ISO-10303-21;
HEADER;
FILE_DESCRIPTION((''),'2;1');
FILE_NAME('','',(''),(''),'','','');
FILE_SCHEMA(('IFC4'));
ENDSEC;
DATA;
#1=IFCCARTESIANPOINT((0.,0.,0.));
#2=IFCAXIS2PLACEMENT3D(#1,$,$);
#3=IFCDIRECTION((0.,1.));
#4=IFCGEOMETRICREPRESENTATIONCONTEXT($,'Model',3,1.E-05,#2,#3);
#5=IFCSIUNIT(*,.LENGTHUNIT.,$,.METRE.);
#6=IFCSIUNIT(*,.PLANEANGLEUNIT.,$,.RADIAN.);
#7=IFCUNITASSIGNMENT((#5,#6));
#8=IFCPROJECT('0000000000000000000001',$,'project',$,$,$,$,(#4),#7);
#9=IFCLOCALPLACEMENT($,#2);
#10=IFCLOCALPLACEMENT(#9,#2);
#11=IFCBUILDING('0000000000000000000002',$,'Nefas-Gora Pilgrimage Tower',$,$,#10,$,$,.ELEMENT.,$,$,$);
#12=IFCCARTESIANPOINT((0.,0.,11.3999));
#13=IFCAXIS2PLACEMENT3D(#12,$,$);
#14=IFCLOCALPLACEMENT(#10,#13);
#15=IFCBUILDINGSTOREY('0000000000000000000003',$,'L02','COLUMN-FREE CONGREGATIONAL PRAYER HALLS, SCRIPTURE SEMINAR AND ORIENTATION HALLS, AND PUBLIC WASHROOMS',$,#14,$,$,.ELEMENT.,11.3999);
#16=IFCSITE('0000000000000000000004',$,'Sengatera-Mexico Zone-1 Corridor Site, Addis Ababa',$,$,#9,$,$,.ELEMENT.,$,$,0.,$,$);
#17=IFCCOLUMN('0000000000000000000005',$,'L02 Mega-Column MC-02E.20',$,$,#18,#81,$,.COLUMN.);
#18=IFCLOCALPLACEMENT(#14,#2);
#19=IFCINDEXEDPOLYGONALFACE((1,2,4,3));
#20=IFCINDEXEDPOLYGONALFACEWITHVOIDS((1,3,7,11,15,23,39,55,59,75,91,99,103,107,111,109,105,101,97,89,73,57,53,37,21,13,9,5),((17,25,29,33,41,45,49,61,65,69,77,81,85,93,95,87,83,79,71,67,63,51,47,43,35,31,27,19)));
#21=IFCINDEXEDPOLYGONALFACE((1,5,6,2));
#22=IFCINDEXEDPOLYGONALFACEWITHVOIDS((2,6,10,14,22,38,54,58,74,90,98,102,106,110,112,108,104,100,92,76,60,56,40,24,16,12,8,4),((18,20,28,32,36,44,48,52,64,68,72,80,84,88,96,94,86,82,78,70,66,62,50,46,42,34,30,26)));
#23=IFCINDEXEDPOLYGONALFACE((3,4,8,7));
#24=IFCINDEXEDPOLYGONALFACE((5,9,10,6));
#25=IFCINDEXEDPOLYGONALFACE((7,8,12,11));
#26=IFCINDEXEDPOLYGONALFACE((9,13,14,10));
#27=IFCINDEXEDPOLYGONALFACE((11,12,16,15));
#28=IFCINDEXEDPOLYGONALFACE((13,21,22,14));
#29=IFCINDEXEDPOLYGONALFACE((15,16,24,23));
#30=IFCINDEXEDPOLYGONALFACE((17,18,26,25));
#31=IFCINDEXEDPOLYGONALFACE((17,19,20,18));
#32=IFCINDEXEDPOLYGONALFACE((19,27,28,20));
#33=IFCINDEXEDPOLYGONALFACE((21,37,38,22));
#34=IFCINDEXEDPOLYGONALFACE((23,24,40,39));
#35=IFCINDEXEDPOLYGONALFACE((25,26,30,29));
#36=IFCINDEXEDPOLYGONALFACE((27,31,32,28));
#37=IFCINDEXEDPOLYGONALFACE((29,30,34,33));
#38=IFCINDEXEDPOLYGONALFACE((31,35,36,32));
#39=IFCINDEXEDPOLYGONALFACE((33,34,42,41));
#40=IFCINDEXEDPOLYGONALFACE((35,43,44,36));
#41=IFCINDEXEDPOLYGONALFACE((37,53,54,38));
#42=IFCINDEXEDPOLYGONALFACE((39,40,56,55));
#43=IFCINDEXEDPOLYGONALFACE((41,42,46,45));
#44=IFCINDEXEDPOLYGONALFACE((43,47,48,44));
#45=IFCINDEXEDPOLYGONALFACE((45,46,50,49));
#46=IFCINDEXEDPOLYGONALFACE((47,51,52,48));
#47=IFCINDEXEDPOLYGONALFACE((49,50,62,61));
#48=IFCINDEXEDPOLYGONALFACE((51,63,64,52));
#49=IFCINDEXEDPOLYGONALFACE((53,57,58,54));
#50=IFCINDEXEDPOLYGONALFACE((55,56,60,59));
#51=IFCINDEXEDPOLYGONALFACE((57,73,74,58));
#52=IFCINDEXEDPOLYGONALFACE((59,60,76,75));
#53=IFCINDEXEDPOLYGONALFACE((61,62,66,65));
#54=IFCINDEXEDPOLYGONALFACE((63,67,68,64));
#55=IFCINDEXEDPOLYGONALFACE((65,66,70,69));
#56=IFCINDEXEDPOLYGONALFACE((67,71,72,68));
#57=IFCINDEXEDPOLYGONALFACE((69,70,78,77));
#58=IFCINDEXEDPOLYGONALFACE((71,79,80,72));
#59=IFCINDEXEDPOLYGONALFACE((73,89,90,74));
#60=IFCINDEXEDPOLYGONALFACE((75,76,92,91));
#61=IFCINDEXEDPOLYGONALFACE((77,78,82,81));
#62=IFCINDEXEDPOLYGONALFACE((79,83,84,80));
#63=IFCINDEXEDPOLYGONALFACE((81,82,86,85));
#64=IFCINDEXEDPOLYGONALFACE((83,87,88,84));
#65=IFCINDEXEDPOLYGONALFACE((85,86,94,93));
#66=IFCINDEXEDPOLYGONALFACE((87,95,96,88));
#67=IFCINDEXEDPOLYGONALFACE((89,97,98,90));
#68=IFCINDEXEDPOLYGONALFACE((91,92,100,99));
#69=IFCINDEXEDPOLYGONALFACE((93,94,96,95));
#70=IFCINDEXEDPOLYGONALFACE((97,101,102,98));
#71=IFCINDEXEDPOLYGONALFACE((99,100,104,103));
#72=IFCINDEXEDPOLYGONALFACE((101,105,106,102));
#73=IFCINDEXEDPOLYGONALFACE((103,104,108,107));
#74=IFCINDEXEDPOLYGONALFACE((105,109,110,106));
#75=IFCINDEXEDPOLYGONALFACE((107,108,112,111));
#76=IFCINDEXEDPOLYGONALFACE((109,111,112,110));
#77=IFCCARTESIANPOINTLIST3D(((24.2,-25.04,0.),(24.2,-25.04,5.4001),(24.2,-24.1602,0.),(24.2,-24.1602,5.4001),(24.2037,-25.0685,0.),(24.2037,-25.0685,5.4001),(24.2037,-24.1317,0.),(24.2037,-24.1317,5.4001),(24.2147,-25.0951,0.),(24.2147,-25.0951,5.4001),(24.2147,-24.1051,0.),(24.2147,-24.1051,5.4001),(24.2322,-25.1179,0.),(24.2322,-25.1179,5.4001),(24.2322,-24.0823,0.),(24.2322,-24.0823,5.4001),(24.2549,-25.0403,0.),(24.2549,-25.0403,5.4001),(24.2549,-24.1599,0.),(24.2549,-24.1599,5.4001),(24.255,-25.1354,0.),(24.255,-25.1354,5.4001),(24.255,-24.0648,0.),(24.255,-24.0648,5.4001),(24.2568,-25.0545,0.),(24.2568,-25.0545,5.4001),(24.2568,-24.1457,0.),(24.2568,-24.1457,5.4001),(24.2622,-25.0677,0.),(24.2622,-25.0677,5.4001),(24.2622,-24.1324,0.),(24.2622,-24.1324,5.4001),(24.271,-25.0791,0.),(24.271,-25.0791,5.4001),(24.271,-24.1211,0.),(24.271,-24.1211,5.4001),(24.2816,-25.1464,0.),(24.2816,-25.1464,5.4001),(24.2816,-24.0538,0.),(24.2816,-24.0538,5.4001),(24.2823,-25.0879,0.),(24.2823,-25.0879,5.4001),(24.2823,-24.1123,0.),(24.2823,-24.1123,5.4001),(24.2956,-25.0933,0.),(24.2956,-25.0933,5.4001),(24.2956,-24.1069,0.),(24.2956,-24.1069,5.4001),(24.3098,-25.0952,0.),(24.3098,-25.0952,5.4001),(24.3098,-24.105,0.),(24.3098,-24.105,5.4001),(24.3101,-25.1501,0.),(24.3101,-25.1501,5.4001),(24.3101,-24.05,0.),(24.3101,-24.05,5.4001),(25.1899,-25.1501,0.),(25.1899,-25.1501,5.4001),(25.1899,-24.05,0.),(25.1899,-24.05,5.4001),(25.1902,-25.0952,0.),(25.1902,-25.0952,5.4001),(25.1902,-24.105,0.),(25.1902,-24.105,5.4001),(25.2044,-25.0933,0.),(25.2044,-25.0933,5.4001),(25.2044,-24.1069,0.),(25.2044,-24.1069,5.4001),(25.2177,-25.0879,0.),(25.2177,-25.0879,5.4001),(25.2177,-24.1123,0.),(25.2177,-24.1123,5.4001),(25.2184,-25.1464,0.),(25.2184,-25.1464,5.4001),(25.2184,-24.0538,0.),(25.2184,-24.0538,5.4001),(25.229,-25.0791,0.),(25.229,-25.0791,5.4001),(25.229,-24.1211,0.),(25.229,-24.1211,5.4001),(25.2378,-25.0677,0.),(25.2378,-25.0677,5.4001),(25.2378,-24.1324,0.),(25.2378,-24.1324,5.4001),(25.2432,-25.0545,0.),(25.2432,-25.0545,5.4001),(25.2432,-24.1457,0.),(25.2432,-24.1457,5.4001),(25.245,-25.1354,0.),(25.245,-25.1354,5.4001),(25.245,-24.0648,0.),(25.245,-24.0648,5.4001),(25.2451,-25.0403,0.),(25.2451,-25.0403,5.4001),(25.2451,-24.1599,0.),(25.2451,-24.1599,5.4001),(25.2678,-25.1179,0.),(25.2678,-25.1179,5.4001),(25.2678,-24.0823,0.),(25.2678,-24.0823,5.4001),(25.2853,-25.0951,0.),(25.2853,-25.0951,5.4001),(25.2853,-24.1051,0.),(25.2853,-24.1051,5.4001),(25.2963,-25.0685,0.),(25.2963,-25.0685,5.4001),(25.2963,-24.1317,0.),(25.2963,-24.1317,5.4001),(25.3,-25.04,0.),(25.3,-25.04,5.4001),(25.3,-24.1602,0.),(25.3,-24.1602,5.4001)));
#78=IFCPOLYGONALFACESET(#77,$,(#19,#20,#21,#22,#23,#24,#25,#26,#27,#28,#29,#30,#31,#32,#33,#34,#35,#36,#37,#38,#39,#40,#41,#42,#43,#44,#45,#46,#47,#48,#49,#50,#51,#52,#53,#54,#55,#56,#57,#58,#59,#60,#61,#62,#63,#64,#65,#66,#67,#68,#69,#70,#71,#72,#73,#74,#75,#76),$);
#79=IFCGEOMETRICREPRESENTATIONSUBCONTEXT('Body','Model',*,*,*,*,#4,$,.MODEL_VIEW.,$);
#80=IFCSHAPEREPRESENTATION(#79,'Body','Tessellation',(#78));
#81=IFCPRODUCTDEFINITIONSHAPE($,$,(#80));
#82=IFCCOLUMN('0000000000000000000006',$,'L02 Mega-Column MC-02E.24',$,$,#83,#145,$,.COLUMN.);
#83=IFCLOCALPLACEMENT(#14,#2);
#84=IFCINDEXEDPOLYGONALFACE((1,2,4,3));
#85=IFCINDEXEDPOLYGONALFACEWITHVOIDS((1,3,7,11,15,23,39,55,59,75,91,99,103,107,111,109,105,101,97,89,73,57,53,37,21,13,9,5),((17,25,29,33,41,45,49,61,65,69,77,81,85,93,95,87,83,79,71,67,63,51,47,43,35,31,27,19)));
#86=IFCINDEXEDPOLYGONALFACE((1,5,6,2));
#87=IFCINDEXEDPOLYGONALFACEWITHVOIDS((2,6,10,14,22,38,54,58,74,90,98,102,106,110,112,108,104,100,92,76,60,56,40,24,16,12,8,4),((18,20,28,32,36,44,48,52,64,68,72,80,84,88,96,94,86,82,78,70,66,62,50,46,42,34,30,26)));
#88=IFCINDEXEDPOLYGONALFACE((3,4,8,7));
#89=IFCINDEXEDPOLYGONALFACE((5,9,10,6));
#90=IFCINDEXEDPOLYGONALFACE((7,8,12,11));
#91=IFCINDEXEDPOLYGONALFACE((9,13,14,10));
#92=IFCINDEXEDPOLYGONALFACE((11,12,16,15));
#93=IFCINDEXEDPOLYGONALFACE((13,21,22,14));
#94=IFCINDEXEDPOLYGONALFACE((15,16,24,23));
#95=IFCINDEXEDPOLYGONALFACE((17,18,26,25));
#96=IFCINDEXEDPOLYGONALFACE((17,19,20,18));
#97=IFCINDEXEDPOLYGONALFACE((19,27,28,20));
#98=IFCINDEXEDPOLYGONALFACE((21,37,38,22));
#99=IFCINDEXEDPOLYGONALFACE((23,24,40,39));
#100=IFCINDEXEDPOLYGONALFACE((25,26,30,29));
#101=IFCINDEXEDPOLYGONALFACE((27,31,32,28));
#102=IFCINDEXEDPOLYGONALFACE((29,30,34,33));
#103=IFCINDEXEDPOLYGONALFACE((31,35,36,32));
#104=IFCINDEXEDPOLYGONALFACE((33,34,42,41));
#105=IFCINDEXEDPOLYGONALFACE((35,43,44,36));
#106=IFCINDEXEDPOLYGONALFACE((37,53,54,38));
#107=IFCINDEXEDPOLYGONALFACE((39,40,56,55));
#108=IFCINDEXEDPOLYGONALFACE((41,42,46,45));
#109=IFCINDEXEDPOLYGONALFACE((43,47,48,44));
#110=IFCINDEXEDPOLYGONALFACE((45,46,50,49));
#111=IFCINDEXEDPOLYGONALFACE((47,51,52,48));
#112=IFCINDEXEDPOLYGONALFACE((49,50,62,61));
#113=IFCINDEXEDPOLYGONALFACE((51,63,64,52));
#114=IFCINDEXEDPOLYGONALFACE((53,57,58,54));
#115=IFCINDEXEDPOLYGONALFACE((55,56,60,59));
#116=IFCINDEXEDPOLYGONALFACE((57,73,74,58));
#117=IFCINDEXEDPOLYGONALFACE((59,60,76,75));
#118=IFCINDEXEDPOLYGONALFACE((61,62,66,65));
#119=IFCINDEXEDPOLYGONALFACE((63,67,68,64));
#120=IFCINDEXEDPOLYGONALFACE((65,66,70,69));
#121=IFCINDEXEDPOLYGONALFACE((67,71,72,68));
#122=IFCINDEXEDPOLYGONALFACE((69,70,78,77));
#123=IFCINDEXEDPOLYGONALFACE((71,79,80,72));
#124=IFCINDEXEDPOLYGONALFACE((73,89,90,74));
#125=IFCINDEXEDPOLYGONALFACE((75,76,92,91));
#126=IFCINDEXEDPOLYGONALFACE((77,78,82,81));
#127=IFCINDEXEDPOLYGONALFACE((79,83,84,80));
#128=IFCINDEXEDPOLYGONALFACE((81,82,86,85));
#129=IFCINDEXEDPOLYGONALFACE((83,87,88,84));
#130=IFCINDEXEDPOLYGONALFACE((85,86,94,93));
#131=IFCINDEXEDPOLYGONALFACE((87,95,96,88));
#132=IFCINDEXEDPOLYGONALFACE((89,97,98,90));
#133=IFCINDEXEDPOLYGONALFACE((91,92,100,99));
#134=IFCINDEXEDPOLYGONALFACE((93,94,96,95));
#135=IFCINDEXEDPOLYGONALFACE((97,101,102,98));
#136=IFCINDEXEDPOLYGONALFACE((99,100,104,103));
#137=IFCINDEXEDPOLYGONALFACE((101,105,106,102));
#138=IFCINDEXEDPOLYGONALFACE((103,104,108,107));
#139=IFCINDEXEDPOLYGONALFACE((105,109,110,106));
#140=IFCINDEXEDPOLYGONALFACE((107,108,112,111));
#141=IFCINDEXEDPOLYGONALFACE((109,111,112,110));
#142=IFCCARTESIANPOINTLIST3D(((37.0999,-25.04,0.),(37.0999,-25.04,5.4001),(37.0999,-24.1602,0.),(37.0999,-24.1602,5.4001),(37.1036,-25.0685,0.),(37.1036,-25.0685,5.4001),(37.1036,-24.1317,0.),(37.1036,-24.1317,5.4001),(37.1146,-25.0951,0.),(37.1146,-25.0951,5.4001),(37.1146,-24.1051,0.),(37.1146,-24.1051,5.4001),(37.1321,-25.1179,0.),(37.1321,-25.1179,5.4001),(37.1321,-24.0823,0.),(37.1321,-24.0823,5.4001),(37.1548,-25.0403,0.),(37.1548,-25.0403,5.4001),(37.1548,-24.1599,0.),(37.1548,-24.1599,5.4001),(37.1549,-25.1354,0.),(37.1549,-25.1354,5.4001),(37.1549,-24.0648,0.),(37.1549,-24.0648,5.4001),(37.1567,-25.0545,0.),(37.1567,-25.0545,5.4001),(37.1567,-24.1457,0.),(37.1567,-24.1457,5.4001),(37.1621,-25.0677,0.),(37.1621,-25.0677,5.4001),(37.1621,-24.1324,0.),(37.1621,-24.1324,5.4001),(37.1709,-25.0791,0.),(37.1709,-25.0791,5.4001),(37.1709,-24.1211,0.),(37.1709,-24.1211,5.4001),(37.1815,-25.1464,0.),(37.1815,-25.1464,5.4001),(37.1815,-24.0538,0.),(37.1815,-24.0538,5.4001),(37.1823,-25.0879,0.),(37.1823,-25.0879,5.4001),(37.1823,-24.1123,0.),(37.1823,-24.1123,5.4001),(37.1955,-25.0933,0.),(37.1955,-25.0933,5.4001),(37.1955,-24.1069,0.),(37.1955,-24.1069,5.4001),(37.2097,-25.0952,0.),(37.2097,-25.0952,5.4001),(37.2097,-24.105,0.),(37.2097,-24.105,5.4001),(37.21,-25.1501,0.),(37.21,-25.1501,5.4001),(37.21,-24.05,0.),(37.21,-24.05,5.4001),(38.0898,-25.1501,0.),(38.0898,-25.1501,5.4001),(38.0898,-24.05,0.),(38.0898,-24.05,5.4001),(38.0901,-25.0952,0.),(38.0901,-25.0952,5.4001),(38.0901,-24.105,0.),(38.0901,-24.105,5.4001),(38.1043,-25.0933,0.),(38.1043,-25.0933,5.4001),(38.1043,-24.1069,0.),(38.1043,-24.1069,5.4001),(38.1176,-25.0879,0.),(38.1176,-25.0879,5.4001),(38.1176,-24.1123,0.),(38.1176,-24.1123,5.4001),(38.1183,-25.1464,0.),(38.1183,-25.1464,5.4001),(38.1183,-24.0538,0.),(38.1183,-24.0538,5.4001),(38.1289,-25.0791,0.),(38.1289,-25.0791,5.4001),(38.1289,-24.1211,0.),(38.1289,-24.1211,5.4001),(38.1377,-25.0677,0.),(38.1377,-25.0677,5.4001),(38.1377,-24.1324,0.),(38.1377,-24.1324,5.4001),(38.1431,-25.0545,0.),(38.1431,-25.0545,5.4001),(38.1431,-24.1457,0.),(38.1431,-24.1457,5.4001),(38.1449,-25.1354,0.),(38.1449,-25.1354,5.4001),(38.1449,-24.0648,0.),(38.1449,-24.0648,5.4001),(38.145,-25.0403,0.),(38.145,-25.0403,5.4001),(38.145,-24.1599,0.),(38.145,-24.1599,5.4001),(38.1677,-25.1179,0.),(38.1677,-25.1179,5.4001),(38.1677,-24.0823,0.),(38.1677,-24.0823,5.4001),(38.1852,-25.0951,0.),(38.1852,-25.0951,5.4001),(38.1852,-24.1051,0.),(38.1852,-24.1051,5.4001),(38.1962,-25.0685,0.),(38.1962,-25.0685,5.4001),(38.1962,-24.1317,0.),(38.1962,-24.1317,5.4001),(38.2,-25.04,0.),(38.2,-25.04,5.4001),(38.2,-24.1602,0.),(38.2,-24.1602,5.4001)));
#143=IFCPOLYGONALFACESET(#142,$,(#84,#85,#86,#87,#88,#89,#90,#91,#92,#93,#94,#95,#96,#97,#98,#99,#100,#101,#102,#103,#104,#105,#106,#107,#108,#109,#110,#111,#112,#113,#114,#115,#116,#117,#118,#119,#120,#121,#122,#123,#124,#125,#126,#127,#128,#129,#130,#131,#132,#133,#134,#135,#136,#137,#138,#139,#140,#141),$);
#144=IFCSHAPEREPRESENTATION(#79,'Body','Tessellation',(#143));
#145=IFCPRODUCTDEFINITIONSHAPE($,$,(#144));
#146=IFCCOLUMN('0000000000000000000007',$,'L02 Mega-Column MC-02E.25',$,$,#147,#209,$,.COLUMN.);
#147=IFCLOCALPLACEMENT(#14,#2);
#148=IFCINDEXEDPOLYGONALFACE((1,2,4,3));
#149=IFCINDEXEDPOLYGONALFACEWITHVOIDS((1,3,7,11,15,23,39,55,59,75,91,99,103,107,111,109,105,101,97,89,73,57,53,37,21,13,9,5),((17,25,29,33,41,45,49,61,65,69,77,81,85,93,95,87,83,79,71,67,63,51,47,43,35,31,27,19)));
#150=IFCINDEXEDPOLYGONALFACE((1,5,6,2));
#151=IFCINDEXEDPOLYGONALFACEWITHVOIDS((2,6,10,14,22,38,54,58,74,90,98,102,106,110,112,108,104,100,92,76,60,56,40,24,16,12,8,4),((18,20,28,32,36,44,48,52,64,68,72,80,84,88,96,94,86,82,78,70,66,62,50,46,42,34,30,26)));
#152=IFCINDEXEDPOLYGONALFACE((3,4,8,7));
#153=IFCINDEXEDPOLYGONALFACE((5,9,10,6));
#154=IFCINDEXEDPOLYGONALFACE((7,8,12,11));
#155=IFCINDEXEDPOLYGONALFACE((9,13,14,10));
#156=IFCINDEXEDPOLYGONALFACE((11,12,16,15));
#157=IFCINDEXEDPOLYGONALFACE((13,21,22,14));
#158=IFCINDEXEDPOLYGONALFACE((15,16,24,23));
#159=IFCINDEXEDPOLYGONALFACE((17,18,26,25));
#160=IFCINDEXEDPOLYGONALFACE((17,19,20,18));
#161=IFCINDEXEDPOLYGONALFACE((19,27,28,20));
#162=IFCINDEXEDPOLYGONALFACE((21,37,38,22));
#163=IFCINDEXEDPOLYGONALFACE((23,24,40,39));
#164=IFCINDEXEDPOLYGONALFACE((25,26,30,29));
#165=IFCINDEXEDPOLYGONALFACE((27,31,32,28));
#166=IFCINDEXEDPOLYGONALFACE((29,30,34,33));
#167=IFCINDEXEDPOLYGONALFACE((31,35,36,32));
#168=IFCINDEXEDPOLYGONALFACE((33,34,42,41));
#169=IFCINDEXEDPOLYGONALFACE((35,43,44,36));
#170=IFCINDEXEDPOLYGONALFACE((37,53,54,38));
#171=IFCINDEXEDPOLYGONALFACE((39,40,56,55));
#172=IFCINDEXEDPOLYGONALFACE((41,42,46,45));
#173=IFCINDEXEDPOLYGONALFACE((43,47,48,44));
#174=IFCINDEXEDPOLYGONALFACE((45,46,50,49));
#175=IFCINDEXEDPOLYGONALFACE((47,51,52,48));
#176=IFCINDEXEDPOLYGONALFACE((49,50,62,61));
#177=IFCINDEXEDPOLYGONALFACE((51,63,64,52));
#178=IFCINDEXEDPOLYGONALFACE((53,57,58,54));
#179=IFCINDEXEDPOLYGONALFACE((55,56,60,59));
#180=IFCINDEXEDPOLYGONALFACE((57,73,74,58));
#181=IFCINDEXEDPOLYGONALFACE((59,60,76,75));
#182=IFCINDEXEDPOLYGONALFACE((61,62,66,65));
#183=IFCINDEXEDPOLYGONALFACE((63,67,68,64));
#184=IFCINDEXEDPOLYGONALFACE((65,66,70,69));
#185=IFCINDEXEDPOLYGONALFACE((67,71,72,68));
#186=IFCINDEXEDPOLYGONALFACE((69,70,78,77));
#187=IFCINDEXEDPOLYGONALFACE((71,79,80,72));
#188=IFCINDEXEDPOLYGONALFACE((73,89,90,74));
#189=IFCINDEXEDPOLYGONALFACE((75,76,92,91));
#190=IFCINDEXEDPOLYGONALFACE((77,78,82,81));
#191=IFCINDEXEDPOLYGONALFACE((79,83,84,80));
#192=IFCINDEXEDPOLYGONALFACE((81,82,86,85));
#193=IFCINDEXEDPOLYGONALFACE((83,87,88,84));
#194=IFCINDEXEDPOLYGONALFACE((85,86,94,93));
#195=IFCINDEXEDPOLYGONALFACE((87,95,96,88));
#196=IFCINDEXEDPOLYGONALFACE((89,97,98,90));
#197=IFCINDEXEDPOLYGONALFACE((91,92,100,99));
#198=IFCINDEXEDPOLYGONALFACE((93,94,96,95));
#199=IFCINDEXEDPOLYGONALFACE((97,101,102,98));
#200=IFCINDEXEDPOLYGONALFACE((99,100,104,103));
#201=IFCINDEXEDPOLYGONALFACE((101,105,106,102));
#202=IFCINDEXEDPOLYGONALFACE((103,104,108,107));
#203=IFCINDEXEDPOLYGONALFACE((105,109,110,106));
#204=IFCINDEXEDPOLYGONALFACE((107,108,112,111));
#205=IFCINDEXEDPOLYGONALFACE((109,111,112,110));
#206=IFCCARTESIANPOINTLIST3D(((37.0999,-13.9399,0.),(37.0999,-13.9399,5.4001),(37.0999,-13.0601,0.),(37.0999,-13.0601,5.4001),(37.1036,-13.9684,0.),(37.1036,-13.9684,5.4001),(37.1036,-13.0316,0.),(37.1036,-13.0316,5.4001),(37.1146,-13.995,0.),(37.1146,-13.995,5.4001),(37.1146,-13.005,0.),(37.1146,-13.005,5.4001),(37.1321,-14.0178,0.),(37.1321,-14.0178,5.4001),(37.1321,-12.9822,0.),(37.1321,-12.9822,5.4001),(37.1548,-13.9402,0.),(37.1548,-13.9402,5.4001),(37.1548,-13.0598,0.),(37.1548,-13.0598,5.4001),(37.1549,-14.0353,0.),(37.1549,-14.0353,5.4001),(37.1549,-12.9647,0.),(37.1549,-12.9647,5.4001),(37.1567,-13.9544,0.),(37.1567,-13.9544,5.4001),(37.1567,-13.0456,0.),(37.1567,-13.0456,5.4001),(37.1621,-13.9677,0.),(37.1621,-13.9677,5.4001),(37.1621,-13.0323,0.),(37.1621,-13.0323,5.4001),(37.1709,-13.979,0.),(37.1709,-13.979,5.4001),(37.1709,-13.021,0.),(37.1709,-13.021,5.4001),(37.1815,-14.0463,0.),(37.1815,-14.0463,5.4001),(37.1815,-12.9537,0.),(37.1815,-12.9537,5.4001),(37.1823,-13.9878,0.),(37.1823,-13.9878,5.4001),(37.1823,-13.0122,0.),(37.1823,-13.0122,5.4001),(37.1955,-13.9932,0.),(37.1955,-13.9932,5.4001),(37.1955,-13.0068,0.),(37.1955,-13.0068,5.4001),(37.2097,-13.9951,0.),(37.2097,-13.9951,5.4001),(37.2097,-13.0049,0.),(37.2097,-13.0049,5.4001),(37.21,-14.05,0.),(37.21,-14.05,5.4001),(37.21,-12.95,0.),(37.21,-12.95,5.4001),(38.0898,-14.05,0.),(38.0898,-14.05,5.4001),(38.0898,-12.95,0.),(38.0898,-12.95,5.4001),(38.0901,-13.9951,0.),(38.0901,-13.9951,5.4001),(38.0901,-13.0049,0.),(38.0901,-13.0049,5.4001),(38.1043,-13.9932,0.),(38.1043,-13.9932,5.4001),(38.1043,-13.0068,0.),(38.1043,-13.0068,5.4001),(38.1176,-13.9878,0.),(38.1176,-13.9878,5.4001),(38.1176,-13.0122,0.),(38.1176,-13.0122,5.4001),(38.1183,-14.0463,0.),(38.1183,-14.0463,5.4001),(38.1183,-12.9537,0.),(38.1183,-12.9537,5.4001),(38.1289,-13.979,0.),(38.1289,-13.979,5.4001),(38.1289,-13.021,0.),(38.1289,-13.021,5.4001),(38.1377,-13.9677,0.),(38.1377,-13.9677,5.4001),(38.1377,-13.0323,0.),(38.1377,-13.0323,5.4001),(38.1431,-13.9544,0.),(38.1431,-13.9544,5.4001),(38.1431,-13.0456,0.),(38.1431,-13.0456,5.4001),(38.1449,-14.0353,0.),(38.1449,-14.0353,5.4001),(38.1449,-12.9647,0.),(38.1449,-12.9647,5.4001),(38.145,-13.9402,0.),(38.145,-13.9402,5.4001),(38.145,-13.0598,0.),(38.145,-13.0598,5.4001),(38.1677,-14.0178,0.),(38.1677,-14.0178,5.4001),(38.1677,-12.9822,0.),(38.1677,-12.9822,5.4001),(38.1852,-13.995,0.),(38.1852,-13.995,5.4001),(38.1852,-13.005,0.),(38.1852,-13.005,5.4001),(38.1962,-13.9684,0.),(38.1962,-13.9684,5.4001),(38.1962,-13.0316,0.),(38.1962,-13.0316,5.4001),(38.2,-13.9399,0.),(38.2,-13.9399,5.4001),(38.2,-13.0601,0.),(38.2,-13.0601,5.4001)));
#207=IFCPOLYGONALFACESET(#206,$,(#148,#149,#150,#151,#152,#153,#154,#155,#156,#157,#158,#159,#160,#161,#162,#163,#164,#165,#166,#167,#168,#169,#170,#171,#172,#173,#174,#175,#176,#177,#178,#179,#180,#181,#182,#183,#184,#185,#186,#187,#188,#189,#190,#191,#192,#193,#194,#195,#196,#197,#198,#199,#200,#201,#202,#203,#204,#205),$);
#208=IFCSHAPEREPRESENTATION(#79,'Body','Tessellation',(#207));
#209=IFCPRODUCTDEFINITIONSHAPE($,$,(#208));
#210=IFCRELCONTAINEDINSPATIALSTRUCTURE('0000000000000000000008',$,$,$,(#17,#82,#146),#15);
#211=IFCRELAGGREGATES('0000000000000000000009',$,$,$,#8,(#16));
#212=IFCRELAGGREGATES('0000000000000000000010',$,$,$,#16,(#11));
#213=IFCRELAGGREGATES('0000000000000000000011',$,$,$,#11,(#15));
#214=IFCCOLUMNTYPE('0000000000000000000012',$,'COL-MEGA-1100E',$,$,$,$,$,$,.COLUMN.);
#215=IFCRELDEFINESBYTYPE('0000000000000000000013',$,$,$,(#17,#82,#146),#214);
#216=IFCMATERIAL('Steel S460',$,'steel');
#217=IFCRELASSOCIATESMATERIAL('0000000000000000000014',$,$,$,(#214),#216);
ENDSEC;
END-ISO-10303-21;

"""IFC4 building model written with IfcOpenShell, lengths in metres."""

from ifc_helpers import new_model, si_unit, direction, frame, origin, origin_2d, place, context, subcontext, project, spatial, hollow_rectangle, extrude, source, transform, mapped, material, material_profile, profile_set, type_object, element, save


model = new_model("IFC4")

# Units and contexts
model_context = context("Model", 3, precision=1e-05, world=origin(), true_north=direction((0.0, 1.0)))
body_context = subcontext(model_context, "Body", "Model", "MODEL_VIEW")
ifc_project = project(units=[si_unit("LENGTHUNIT", "METRE"), si_unit("PLANEANGLEUNIT", "RADIAN")], contexts=[model_context])

# Site, building, storey
site_placement = place(None, origin())
site = spatial("IfcSite", under=ifc_project, at=site_placement, Name="Sengatera-Mexico Zone-1 Corridor Site, Addis Ababa", CompositionType="ELEMENT", RefElevation=0.0)
building_placement = place(site_placement, origin())
building = spatial("IfcBuilding", under=site, at=building_placement, Name="Nefas-Gora Pilgrimage Tower", CompositionType="ELEMENT")
storey_placement = place(building_placement, frame((0.0, 0.0, 11.3999)))
storey = spatial("IfcBuildingStorey", under=building, at=storey_placement, Name="L02", Description="COLUMN-FREE CONGREGATIONAL PRAYER HALLS, SCRIPTURE SEMINAR AND ORIENTATION HALLS, AND PUBLIC WASHROOMS", CompositionType="ELEMENT", Elevation=11.3999)

# Columns
ifc_material_1 = material(Name="Steel S460", Category="steel")
ifc_material_profile_1 = material_profile(ifc_material_1, hollow_rectangle(XDim=1.1001, YDim=1.1001, WallThickness=0.0549, InnerFilletRadius=0.0549, OuterFilletRadius=0.1101, at=origin_2d()), Name="BOX 1100x1100x55")
ifc_profile_set_1 = profile_set([ifc_material_profile_1], Name="Steel S460")
column_type_1 = type_object("IfcColumnType", Name="COL-MEGA-1100E", PredefinedType="COLUMN", material=ifc_profile_set_1)
shared_shape_1 = source(origin(), body_context, "Body", "SweptSolid", [
    extrude(hollow_rectangle(XDim=1.1001, YDim=1.1001, WallThickness=0.0549, InnerFilletRadius=0.0549, OuterFilletRadius=0.1101, at=origin_2d()), origin(), (0.0, 0.0, 1.0), 5.4001),
])
for number, where, z_axis, x_axis, name in (
    (1, (24.75, -24.6001, 0.0), (0.0, 0.0, 1.0), (1.0, 0.0, 0.0), "L02 Mega-Column MC-02E.20"),
    (2, (37.6499, -24.6001, 0.0), (0.0, 0.0, 1.0), (1.0, 0.0, 0.0), "L02 Mega-Column MC-02E.24"),
    (3, (37.6499, -13.5, 0.0), (0.0, 0.0, 1.0), (1.0, 0.0, 0.0), "L02 Mega-Column MC-02E.25"),
):
    element("IfcColumn", number, at=place(storey_placement, frame(where, z_axis=z_axis, x_axis=x_axis)), inside=storey, type_object=column_type_1, Name=name, PredefinedType="COLUMN", context=body_context, shape_type="MappedRepresentation", body=[
        mapped(shared_shape_1, transform((0.0, 0.0, 0.0), x_axis=(1.0, 0.0, 0.0), y_axis=(0.0, 1.0, 0.0), z_axis=(0.0, 0.0, 1.0), scale=1.0)),
    ])

save(model, "model.ifc")
